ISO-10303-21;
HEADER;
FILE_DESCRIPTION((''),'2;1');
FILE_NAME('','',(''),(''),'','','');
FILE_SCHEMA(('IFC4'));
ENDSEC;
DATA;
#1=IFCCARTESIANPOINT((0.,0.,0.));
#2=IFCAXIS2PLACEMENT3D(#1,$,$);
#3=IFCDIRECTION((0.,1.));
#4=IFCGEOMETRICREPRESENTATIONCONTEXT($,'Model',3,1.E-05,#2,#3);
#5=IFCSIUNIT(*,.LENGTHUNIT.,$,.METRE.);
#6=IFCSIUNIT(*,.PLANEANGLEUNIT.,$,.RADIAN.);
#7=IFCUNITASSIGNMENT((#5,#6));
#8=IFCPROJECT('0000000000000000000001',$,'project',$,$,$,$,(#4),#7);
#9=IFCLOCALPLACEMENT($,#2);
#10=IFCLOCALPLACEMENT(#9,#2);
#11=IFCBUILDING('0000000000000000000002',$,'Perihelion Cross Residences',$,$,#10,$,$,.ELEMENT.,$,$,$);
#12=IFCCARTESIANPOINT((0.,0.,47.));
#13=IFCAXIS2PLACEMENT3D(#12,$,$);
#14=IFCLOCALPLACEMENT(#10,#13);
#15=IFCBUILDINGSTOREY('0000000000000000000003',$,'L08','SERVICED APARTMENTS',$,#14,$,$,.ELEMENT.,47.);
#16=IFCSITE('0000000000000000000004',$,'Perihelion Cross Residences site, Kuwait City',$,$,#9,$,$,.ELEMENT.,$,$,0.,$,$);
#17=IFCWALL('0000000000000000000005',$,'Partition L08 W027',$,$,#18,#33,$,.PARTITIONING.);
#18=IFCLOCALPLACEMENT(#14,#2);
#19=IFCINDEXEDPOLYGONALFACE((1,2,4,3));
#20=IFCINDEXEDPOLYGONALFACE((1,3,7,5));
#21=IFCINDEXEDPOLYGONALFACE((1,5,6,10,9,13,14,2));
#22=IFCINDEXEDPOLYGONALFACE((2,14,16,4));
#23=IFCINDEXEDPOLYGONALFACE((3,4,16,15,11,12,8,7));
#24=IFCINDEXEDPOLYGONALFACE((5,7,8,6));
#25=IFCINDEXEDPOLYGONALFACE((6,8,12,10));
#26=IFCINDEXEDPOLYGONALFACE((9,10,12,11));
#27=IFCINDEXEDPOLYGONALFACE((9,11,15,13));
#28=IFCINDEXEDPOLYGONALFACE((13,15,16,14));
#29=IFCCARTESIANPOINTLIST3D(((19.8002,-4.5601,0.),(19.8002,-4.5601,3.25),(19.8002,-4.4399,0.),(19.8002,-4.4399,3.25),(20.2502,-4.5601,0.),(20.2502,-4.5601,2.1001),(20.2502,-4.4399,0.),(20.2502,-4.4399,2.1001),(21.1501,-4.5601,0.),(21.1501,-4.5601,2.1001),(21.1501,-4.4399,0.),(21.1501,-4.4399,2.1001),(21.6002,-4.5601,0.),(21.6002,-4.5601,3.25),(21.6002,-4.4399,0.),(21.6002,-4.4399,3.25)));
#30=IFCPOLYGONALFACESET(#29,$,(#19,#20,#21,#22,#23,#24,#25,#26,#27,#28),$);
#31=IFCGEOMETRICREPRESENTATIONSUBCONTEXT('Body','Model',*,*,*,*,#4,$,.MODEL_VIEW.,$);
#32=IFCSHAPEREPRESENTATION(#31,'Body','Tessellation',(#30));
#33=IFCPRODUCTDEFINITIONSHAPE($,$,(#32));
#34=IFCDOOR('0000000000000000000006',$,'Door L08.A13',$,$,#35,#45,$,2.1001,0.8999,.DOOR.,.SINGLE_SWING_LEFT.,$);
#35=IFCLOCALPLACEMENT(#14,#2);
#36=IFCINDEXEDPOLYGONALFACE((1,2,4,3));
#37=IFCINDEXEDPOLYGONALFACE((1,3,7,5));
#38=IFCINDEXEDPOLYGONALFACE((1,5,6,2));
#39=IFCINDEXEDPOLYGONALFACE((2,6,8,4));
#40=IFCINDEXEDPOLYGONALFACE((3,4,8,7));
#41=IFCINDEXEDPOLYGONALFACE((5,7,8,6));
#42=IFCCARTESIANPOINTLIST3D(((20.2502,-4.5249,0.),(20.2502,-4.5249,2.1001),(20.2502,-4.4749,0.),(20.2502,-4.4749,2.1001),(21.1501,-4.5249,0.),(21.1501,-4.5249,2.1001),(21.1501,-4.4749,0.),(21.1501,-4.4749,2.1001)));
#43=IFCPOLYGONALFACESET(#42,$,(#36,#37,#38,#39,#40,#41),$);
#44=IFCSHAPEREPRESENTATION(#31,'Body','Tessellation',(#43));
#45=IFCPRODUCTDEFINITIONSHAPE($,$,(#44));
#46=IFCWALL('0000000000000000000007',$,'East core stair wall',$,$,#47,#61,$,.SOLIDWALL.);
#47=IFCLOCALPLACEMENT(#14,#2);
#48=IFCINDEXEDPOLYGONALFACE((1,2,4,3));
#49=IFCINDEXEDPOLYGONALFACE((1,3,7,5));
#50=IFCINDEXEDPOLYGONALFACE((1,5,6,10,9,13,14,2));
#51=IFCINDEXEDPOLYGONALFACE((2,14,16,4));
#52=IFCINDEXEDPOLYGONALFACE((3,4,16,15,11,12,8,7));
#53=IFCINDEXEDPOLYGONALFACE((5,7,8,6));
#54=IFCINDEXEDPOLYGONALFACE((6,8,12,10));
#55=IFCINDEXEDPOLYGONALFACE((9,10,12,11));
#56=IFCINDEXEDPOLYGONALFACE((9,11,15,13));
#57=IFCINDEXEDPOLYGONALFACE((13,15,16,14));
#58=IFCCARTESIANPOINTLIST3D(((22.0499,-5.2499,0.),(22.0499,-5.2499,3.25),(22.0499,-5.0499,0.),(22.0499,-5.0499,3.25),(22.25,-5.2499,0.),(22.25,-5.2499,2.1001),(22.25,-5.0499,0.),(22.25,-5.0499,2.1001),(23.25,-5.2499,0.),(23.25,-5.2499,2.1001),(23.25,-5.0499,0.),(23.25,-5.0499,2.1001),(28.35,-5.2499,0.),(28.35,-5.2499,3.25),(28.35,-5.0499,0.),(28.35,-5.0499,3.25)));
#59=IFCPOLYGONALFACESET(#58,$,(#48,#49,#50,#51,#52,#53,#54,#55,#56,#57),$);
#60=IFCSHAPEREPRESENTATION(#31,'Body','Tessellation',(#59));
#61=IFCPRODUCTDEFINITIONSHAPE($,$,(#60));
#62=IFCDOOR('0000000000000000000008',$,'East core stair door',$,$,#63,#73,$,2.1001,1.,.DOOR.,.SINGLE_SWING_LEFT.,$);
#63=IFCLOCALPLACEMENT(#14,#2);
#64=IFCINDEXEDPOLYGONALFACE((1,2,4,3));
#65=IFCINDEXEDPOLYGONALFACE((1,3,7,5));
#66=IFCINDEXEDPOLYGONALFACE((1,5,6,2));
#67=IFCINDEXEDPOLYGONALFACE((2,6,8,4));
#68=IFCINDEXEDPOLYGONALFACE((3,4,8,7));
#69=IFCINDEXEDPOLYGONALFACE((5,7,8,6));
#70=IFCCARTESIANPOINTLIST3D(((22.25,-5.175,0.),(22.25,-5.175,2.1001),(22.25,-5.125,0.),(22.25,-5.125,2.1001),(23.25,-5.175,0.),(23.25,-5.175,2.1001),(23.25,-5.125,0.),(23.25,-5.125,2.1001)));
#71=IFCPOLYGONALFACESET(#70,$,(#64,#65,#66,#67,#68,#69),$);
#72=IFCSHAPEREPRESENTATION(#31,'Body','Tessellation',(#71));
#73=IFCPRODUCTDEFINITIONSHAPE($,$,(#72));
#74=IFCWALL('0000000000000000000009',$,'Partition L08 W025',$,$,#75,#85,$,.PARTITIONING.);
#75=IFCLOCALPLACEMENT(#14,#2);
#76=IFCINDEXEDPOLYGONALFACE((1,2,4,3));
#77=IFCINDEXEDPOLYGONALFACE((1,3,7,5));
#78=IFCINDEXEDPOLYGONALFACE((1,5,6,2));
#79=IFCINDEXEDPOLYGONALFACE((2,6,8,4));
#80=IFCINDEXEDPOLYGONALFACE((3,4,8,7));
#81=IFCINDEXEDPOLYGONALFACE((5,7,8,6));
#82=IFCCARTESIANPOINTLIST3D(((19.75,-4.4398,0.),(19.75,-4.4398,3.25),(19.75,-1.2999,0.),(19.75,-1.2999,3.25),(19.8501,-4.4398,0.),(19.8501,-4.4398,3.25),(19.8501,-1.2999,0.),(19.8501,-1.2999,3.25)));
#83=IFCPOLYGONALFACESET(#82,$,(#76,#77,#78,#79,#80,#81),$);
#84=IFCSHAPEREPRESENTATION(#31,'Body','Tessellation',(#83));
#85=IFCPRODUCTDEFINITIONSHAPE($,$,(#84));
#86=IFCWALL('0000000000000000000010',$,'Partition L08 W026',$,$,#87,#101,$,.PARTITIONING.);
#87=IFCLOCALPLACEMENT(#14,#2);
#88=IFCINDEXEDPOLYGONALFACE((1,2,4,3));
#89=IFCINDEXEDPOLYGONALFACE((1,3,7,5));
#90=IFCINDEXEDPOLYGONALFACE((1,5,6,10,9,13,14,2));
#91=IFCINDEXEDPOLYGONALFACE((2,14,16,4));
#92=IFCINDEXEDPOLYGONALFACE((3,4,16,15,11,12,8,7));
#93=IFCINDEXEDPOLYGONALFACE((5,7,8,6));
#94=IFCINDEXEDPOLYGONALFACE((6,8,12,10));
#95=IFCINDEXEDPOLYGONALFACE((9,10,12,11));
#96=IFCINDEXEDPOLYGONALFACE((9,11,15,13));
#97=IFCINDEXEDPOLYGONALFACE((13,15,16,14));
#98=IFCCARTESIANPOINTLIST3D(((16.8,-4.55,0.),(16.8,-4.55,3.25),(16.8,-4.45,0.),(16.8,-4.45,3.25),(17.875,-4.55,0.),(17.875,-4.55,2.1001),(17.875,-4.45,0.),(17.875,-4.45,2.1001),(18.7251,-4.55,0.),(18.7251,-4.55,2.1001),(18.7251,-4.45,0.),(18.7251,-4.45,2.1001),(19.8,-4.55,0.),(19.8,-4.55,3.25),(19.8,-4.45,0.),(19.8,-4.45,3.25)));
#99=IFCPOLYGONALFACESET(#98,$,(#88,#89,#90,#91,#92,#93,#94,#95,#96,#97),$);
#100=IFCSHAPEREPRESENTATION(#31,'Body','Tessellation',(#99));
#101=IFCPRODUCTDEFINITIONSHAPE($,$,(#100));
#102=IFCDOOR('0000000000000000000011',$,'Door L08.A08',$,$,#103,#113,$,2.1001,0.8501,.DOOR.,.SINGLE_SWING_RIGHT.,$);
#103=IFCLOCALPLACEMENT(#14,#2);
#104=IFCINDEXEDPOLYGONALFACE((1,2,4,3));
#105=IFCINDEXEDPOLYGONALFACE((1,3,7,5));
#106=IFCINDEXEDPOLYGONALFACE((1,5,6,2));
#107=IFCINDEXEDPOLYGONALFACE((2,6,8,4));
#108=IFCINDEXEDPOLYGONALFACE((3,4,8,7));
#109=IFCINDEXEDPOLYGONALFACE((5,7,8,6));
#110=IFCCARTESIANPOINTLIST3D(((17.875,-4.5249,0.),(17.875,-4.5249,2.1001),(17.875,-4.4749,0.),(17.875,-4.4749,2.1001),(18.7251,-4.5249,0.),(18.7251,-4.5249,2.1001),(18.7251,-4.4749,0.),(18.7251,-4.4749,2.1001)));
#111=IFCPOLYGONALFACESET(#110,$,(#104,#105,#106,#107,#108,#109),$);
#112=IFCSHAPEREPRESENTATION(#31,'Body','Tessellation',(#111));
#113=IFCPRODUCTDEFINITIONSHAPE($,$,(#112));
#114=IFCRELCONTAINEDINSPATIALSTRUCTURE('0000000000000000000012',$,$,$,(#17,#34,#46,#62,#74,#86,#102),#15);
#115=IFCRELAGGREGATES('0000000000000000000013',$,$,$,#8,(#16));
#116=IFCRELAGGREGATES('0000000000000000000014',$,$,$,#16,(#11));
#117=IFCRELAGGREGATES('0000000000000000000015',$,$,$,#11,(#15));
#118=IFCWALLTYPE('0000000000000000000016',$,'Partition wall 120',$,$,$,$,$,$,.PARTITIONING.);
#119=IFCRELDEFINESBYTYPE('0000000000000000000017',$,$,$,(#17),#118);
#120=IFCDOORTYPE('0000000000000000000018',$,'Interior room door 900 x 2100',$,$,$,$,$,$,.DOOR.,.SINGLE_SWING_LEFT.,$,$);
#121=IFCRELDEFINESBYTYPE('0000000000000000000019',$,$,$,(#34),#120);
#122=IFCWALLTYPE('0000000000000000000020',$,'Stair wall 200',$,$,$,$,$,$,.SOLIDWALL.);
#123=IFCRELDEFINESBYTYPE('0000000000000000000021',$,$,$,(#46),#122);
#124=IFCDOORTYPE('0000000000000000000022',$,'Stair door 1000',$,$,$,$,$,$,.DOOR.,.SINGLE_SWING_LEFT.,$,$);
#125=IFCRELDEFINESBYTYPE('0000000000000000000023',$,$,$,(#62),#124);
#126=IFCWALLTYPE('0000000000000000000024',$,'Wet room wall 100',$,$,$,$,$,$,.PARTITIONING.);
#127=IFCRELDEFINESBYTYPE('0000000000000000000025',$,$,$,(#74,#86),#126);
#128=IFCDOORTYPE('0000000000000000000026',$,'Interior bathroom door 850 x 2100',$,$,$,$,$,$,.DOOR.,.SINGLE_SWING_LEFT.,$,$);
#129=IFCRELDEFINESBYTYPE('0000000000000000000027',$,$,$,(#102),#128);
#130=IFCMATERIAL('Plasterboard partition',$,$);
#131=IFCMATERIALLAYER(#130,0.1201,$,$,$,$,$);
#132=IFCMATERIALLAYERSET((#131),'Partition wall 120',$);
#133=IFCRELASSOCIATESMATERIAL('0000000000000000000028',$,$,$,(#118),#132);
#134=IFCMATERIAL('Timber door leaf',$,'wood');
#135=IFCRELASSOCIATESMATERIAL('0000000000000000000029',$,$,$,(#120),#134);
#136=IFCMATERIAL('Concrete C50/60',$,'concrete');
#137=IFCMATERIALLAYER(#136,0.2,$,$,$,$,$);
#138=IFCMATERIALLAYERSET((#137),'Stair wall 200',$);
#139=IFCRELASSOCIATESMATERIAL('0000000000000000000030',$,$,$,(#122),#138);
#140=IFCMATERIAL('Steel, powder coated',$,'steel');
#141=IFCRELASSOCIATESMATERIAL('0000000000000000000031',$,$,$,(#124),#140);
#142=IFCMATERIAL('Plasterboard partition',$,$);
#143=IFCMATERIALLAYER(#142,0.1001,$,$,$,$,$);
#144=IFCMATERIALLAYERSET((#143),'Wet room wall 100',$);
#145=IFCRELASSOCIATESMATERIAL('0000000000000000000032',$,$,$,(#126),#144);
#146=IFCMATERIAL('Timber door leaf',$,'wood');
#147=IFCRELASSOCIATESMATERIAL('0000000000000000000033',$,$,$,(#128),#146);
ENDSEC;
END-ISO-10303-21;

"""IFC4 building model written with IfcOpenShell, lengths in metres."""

from ifc_helpers import new_model, si_unit, direction, frame, frame_2d, origin, place, context, subcontext, project, spatial, rectangle, extrude, material, layer, layer_set, type_object, element, fill, save


model = new_model("IFC4")

# Units and contexts
model_context = context("Model", 3, precision=1e-05, world=origin(), true_north=direction((0.0, 1.0)))
body_context = subcontext(model_context, "Body", "Model", "MODEL_VIEW")
ifc_project = project(units=[si_unit("LENGTHUNIT", "METRE"), si_unit("PLANEANGLEUNIT", "RADIAN")], contexts=[model_context])

# Site, building, storey
site_placement = place(None, origin())
site = spatial("IfcSite", under=ifc_project, at=site_placement, Name="Perihelion Cross Residences site, Kuwait City", CompositionType="ELEMENT", RefElevation=0.0)
building_placement = place(site_placement, origin())
building = spatial("IfcBuilding", under=site, at=building_placement, Name="Perihelion Cross Residences", CompositionType="ELEMENT")
storey_placement = place(building_placement, frame((0.0, 0.0, 47.0)))
storey = spatial("IfcBuildingStorey", under=building, at=storey_placement, Name="L08", Description="SERVICED APARTMENTS", CompositionType="ELEMENT", Elevation=47.0)

# Walls, openings, doors
ifc_material_1 = material(Name="Plasterboard partition")
ifc_layer_1 = layer(ifc_material_1, 0.1201)
ifc_layer_set_1 = layer_set([ifc_layer_1], Name="Partition wall 120")
wall_type_1 = type_object("IfcWallType", Name="Partition wall 120", PredefinedType="PARTITIONING", material=ifc_layer_set_1)
wall_1_placement = place(storey_placement, frame((21.6001, -4.5, 0.0), z_axis=(0.0, 0.0, 1.0), x_axis=(-1.0, 0.0, 0.0)))
wall_1 = element("IfcWall", 1, at=wall_1_placement, inside=storey, type_object=wall_type_1, Name="Partition L08 W027", PredefinedType="PARTITIONING", context=body_context, shape_type="SweptSolid", body=[
    extrude(rectangle(XDim=1.8, YDim=0.1201, at=frame_2d((0.8999, 0.0))), origin(), (0.0, 0.0, 1.0), 3.25),
])
opening_1_placement = place(wall_1_placement, frame((0.45, 0.0, 0.0)))
opening_1 = element("IfcOpeningElement", 2, at=opening_1_placement, cuts=wall_1, PredefinedType="OPENING", context=body_context, shape_type="SweptSolid", body=[
    extrude(rectangle(XDim=0.8999, YDim=2.1001, at=frame_2d((0.45, 1.05))), frame((0.0, 0.0701, 0.0), z_axis=(0.0, -1.0, 0.0), x_axis=(1.0, 0.0, 0.0)), (0.0, 0.0, 1.0), 0.1401),
])
ifc_material_2 = material(Name="Timber door leaf", Category="wood")
door_type_1 = type_object("IfcDoorType", Name="Interior room door 900 x 2100", OperationType="SINGLE_SWING_LEFT", PredefinedType="DOOR", material=ifc_material_2)
door_1_placement = place(opening_1_placement, origin())
door_1 = element("IfcDoor", 3, at=door_1_placement, inside=storey, type_object=door_type_1, Name="Door L08.A13", OperationType="SINGLE_SWING_LEFT", OverallHeight=2.1001, OverallWidth=0.8999, PredefinedType="DOOR", context=body_context, shape_type="SweptSolid", body=[
    extrude(rectangle(XDim=0.8999, YDim=2.1001, at=frame_2d((0.45, 1.05))), frame((0.0, 0.0249, 0.0), z_axis=(0.0, -1.0, 0.0), x_axis=(1.0, 0.0, 0.0)), (0.0, 0.0, 1.0), 0.05),
])
fill(opening_1, door_1)
ifc_material_3 = material(Name="Concrete C50/60", Category="concrete")
ifc_layer_2 = layer(ifc_material_3, 0.2)
ifc_layer_set_2 = layer_set([ifc_layer_2], Name="Stair wall 200")
wall_type_2 = type_object("IfcWallType", Name="Stair wall 200", PredefinedType="SOLIDWALL", material=ifc_layer_set_2)
wall_2_placement = place(storey_placement, frame((22.05, -5.1499, 0.0), z_axis=(0.0, 0.0, 1.0), x_axis=(1.0, 0.0, 0.0)))
wall_2 = element("IfcWall", 4, at=wall_2_placement, inside=storey, type_object=wall_type_2, Name="East core stair wall", PredefinedType="SOLIDWALL", context=body_context, shape_type="SweptSolid", body=[
    extrude(rectangle(XDim=6.3, YDim=0.2, at=frame_2d((3.1499, 0.0))), origin(), (0.0, 0.0, 1.0), 3.25),
])
opening_2_placement = place(wall_2_placement, frame((0.2, 0.0, 0.0)))
opening_2 = element("IfcOpeningElement", 5, at=opening_2_placement, cuts=wall_2, PredefinedType="OPENING", context=body_context, shape_type="SweptSolid", body=[
    extrude(rectangle(XDim=1.0, YDim=2.1001, at=frame_2d((0.5, 1.05))), frame((0.0, 0.1099, 0.0), z_axis=(0.0, -1.0, 0.0), x_axis=(1.0, 0.0, 0.0)), (0.0, 0.0, 1.0), 0.22),
])
ifc_material_4 = material(Name="Steel, powder coated", Category="steel")
door_type_2 = type_object("IfcDoorType", Name="Stair door 1000", OperationType="SINGLE_SWING_LEFT", PredefinedType="DOOR", material=ifc_material_4)
door_2_placement = place(opening_2_placement, origin())
door_2 = element("IfcDoor", 6, at=door_2_placement, inside=storey, type_object=door_type_2, Name="East core stair door", OperationType="SINGLE_SWING_LEFT", OverallHeight=2.1001, OverallWidth=1.0, PredefinedType="DOOR", context=body_context, shape_type="SweptSolid", body=[
    extrude(rectangle(XDim=1.0, YDim=2.1001, at=frame_2d((0.5, 1.05))), frame((0.0, 0.0249, 0.0), z_axis=(0.0, -1.0, 0.0), x_axis=(1.0, 0.0, 0.0)), (0.0, 0.0, 1.0), 0.05),
])
fill(opening_2, door_2)

# Wall
ifc_material_5 = material(Name="Plasterboard partition")
ifc_layer_3 = layer(ifc_material_5, 0.1001)
ifc_layer_set_3 = layer_set([ifc_layer_3], Name="Wet room wall 100")
wall_type_3 = type_object("IfcWallType", Name="Wet room wall 100", PredefinedType="PARTITIONING", material=ifc_layer_set_3)
wall_3_placement = place(storey_placement, frame((19.8, -1.3, 0.0), z_axis=(0.0, 0.0, 1.0), x_axis=(0.0, -1.0, 0.0)))
element("IfcWall", 7, at=wall_3_placement, inside=storey, type_object=wall_type_3, Name="Partition L08 W025", PredefinedType="PARTITIONING", context=body_context, shape_type="SweptSolid", body=[
    extrude(rectangle(XDim=3.1399, YDim=0.1001, at=frame_2d((1.5698, 0.0))), origin(), (0.0, 0.0, 1.0), 3.25),
])

# Wall, opening, door
wall_4_placement = place(storey_placement, frame((19.8, -4.5, 0.0), z_axis=(0.0, 0.0, 1.0), x_axis=(-1.0, 0.0, 0.0)))
wall_4 = element("IfcWall", 8, at=wall_4_placement, inside=storey, type_object=wall_type_3, Name="Partition L08 W026", PredefinedType="PARTITIONING", context=body_context, shape_type="SweptSolid", body=[
    extrude(rectangle(XDim=3.0, YDim=0.1001, at=frame_2d((1.5, 0.0))), origin(), (0.0, 0.0, 1.0), 3.25),
])
opening_3_placement = place(wall_4_placement, frame((1.075, 0.0, 0.0)))
opening_3 = element("IfcOpeningElement", 9, at=opening_3_placement, cuts=wall_4, PredefinedType="OPENING", context=body_context, shape_type="SweptSolid", body=[
    extrude(rectangle(XDim=0.8501, YDim=2.1001, at=frame_2d((0.425, 1.05))), frame((0.0, 0.0601, 0.0), z_axis=(0.0, -1.0, 0.0), x_axis=(1.0, 0.0, 0.0)), (0.0, 0.0, 1.0), 0.1201),
])
ifc_material_6 = material(Name="Timber door leaf", Category="wood")
door_type_3 = type_object("IfcDoorType", Name="Interior bathroom door 850 x 2100", OperationType="SINGLE_SWING_LEFT", PredefinedType="DOOR", material=ifc_material_6)
door_3_placement = place(opening_3_placement, origin())
door_3 = element("IfcDoor", 10, at=door_3_placement, inside=storey, type_object=door_type_3, Name="Door L08.A08", OperationType="SINGLE_SWING_RIGHT", OverallHeight=2.1001, OverallWidth=0.8501, PredefinedType="DOOR", context=body_context, shape_type="SweptSolid", body=[
    extrude(rectangle(XDim=0.8501, YDim=2.1001, at=frame_2d((0.425, 1.05))), frame((0.0, 0.0249, 0.0), z_axis=(0.0, -1.0, 0.0), x_axis=(1.0, 0.0, 0.0)), (0.0, 0.0, 1.0), 0.05),
])
fill(opening_3, door_3)

save(model, "model.ifc")
